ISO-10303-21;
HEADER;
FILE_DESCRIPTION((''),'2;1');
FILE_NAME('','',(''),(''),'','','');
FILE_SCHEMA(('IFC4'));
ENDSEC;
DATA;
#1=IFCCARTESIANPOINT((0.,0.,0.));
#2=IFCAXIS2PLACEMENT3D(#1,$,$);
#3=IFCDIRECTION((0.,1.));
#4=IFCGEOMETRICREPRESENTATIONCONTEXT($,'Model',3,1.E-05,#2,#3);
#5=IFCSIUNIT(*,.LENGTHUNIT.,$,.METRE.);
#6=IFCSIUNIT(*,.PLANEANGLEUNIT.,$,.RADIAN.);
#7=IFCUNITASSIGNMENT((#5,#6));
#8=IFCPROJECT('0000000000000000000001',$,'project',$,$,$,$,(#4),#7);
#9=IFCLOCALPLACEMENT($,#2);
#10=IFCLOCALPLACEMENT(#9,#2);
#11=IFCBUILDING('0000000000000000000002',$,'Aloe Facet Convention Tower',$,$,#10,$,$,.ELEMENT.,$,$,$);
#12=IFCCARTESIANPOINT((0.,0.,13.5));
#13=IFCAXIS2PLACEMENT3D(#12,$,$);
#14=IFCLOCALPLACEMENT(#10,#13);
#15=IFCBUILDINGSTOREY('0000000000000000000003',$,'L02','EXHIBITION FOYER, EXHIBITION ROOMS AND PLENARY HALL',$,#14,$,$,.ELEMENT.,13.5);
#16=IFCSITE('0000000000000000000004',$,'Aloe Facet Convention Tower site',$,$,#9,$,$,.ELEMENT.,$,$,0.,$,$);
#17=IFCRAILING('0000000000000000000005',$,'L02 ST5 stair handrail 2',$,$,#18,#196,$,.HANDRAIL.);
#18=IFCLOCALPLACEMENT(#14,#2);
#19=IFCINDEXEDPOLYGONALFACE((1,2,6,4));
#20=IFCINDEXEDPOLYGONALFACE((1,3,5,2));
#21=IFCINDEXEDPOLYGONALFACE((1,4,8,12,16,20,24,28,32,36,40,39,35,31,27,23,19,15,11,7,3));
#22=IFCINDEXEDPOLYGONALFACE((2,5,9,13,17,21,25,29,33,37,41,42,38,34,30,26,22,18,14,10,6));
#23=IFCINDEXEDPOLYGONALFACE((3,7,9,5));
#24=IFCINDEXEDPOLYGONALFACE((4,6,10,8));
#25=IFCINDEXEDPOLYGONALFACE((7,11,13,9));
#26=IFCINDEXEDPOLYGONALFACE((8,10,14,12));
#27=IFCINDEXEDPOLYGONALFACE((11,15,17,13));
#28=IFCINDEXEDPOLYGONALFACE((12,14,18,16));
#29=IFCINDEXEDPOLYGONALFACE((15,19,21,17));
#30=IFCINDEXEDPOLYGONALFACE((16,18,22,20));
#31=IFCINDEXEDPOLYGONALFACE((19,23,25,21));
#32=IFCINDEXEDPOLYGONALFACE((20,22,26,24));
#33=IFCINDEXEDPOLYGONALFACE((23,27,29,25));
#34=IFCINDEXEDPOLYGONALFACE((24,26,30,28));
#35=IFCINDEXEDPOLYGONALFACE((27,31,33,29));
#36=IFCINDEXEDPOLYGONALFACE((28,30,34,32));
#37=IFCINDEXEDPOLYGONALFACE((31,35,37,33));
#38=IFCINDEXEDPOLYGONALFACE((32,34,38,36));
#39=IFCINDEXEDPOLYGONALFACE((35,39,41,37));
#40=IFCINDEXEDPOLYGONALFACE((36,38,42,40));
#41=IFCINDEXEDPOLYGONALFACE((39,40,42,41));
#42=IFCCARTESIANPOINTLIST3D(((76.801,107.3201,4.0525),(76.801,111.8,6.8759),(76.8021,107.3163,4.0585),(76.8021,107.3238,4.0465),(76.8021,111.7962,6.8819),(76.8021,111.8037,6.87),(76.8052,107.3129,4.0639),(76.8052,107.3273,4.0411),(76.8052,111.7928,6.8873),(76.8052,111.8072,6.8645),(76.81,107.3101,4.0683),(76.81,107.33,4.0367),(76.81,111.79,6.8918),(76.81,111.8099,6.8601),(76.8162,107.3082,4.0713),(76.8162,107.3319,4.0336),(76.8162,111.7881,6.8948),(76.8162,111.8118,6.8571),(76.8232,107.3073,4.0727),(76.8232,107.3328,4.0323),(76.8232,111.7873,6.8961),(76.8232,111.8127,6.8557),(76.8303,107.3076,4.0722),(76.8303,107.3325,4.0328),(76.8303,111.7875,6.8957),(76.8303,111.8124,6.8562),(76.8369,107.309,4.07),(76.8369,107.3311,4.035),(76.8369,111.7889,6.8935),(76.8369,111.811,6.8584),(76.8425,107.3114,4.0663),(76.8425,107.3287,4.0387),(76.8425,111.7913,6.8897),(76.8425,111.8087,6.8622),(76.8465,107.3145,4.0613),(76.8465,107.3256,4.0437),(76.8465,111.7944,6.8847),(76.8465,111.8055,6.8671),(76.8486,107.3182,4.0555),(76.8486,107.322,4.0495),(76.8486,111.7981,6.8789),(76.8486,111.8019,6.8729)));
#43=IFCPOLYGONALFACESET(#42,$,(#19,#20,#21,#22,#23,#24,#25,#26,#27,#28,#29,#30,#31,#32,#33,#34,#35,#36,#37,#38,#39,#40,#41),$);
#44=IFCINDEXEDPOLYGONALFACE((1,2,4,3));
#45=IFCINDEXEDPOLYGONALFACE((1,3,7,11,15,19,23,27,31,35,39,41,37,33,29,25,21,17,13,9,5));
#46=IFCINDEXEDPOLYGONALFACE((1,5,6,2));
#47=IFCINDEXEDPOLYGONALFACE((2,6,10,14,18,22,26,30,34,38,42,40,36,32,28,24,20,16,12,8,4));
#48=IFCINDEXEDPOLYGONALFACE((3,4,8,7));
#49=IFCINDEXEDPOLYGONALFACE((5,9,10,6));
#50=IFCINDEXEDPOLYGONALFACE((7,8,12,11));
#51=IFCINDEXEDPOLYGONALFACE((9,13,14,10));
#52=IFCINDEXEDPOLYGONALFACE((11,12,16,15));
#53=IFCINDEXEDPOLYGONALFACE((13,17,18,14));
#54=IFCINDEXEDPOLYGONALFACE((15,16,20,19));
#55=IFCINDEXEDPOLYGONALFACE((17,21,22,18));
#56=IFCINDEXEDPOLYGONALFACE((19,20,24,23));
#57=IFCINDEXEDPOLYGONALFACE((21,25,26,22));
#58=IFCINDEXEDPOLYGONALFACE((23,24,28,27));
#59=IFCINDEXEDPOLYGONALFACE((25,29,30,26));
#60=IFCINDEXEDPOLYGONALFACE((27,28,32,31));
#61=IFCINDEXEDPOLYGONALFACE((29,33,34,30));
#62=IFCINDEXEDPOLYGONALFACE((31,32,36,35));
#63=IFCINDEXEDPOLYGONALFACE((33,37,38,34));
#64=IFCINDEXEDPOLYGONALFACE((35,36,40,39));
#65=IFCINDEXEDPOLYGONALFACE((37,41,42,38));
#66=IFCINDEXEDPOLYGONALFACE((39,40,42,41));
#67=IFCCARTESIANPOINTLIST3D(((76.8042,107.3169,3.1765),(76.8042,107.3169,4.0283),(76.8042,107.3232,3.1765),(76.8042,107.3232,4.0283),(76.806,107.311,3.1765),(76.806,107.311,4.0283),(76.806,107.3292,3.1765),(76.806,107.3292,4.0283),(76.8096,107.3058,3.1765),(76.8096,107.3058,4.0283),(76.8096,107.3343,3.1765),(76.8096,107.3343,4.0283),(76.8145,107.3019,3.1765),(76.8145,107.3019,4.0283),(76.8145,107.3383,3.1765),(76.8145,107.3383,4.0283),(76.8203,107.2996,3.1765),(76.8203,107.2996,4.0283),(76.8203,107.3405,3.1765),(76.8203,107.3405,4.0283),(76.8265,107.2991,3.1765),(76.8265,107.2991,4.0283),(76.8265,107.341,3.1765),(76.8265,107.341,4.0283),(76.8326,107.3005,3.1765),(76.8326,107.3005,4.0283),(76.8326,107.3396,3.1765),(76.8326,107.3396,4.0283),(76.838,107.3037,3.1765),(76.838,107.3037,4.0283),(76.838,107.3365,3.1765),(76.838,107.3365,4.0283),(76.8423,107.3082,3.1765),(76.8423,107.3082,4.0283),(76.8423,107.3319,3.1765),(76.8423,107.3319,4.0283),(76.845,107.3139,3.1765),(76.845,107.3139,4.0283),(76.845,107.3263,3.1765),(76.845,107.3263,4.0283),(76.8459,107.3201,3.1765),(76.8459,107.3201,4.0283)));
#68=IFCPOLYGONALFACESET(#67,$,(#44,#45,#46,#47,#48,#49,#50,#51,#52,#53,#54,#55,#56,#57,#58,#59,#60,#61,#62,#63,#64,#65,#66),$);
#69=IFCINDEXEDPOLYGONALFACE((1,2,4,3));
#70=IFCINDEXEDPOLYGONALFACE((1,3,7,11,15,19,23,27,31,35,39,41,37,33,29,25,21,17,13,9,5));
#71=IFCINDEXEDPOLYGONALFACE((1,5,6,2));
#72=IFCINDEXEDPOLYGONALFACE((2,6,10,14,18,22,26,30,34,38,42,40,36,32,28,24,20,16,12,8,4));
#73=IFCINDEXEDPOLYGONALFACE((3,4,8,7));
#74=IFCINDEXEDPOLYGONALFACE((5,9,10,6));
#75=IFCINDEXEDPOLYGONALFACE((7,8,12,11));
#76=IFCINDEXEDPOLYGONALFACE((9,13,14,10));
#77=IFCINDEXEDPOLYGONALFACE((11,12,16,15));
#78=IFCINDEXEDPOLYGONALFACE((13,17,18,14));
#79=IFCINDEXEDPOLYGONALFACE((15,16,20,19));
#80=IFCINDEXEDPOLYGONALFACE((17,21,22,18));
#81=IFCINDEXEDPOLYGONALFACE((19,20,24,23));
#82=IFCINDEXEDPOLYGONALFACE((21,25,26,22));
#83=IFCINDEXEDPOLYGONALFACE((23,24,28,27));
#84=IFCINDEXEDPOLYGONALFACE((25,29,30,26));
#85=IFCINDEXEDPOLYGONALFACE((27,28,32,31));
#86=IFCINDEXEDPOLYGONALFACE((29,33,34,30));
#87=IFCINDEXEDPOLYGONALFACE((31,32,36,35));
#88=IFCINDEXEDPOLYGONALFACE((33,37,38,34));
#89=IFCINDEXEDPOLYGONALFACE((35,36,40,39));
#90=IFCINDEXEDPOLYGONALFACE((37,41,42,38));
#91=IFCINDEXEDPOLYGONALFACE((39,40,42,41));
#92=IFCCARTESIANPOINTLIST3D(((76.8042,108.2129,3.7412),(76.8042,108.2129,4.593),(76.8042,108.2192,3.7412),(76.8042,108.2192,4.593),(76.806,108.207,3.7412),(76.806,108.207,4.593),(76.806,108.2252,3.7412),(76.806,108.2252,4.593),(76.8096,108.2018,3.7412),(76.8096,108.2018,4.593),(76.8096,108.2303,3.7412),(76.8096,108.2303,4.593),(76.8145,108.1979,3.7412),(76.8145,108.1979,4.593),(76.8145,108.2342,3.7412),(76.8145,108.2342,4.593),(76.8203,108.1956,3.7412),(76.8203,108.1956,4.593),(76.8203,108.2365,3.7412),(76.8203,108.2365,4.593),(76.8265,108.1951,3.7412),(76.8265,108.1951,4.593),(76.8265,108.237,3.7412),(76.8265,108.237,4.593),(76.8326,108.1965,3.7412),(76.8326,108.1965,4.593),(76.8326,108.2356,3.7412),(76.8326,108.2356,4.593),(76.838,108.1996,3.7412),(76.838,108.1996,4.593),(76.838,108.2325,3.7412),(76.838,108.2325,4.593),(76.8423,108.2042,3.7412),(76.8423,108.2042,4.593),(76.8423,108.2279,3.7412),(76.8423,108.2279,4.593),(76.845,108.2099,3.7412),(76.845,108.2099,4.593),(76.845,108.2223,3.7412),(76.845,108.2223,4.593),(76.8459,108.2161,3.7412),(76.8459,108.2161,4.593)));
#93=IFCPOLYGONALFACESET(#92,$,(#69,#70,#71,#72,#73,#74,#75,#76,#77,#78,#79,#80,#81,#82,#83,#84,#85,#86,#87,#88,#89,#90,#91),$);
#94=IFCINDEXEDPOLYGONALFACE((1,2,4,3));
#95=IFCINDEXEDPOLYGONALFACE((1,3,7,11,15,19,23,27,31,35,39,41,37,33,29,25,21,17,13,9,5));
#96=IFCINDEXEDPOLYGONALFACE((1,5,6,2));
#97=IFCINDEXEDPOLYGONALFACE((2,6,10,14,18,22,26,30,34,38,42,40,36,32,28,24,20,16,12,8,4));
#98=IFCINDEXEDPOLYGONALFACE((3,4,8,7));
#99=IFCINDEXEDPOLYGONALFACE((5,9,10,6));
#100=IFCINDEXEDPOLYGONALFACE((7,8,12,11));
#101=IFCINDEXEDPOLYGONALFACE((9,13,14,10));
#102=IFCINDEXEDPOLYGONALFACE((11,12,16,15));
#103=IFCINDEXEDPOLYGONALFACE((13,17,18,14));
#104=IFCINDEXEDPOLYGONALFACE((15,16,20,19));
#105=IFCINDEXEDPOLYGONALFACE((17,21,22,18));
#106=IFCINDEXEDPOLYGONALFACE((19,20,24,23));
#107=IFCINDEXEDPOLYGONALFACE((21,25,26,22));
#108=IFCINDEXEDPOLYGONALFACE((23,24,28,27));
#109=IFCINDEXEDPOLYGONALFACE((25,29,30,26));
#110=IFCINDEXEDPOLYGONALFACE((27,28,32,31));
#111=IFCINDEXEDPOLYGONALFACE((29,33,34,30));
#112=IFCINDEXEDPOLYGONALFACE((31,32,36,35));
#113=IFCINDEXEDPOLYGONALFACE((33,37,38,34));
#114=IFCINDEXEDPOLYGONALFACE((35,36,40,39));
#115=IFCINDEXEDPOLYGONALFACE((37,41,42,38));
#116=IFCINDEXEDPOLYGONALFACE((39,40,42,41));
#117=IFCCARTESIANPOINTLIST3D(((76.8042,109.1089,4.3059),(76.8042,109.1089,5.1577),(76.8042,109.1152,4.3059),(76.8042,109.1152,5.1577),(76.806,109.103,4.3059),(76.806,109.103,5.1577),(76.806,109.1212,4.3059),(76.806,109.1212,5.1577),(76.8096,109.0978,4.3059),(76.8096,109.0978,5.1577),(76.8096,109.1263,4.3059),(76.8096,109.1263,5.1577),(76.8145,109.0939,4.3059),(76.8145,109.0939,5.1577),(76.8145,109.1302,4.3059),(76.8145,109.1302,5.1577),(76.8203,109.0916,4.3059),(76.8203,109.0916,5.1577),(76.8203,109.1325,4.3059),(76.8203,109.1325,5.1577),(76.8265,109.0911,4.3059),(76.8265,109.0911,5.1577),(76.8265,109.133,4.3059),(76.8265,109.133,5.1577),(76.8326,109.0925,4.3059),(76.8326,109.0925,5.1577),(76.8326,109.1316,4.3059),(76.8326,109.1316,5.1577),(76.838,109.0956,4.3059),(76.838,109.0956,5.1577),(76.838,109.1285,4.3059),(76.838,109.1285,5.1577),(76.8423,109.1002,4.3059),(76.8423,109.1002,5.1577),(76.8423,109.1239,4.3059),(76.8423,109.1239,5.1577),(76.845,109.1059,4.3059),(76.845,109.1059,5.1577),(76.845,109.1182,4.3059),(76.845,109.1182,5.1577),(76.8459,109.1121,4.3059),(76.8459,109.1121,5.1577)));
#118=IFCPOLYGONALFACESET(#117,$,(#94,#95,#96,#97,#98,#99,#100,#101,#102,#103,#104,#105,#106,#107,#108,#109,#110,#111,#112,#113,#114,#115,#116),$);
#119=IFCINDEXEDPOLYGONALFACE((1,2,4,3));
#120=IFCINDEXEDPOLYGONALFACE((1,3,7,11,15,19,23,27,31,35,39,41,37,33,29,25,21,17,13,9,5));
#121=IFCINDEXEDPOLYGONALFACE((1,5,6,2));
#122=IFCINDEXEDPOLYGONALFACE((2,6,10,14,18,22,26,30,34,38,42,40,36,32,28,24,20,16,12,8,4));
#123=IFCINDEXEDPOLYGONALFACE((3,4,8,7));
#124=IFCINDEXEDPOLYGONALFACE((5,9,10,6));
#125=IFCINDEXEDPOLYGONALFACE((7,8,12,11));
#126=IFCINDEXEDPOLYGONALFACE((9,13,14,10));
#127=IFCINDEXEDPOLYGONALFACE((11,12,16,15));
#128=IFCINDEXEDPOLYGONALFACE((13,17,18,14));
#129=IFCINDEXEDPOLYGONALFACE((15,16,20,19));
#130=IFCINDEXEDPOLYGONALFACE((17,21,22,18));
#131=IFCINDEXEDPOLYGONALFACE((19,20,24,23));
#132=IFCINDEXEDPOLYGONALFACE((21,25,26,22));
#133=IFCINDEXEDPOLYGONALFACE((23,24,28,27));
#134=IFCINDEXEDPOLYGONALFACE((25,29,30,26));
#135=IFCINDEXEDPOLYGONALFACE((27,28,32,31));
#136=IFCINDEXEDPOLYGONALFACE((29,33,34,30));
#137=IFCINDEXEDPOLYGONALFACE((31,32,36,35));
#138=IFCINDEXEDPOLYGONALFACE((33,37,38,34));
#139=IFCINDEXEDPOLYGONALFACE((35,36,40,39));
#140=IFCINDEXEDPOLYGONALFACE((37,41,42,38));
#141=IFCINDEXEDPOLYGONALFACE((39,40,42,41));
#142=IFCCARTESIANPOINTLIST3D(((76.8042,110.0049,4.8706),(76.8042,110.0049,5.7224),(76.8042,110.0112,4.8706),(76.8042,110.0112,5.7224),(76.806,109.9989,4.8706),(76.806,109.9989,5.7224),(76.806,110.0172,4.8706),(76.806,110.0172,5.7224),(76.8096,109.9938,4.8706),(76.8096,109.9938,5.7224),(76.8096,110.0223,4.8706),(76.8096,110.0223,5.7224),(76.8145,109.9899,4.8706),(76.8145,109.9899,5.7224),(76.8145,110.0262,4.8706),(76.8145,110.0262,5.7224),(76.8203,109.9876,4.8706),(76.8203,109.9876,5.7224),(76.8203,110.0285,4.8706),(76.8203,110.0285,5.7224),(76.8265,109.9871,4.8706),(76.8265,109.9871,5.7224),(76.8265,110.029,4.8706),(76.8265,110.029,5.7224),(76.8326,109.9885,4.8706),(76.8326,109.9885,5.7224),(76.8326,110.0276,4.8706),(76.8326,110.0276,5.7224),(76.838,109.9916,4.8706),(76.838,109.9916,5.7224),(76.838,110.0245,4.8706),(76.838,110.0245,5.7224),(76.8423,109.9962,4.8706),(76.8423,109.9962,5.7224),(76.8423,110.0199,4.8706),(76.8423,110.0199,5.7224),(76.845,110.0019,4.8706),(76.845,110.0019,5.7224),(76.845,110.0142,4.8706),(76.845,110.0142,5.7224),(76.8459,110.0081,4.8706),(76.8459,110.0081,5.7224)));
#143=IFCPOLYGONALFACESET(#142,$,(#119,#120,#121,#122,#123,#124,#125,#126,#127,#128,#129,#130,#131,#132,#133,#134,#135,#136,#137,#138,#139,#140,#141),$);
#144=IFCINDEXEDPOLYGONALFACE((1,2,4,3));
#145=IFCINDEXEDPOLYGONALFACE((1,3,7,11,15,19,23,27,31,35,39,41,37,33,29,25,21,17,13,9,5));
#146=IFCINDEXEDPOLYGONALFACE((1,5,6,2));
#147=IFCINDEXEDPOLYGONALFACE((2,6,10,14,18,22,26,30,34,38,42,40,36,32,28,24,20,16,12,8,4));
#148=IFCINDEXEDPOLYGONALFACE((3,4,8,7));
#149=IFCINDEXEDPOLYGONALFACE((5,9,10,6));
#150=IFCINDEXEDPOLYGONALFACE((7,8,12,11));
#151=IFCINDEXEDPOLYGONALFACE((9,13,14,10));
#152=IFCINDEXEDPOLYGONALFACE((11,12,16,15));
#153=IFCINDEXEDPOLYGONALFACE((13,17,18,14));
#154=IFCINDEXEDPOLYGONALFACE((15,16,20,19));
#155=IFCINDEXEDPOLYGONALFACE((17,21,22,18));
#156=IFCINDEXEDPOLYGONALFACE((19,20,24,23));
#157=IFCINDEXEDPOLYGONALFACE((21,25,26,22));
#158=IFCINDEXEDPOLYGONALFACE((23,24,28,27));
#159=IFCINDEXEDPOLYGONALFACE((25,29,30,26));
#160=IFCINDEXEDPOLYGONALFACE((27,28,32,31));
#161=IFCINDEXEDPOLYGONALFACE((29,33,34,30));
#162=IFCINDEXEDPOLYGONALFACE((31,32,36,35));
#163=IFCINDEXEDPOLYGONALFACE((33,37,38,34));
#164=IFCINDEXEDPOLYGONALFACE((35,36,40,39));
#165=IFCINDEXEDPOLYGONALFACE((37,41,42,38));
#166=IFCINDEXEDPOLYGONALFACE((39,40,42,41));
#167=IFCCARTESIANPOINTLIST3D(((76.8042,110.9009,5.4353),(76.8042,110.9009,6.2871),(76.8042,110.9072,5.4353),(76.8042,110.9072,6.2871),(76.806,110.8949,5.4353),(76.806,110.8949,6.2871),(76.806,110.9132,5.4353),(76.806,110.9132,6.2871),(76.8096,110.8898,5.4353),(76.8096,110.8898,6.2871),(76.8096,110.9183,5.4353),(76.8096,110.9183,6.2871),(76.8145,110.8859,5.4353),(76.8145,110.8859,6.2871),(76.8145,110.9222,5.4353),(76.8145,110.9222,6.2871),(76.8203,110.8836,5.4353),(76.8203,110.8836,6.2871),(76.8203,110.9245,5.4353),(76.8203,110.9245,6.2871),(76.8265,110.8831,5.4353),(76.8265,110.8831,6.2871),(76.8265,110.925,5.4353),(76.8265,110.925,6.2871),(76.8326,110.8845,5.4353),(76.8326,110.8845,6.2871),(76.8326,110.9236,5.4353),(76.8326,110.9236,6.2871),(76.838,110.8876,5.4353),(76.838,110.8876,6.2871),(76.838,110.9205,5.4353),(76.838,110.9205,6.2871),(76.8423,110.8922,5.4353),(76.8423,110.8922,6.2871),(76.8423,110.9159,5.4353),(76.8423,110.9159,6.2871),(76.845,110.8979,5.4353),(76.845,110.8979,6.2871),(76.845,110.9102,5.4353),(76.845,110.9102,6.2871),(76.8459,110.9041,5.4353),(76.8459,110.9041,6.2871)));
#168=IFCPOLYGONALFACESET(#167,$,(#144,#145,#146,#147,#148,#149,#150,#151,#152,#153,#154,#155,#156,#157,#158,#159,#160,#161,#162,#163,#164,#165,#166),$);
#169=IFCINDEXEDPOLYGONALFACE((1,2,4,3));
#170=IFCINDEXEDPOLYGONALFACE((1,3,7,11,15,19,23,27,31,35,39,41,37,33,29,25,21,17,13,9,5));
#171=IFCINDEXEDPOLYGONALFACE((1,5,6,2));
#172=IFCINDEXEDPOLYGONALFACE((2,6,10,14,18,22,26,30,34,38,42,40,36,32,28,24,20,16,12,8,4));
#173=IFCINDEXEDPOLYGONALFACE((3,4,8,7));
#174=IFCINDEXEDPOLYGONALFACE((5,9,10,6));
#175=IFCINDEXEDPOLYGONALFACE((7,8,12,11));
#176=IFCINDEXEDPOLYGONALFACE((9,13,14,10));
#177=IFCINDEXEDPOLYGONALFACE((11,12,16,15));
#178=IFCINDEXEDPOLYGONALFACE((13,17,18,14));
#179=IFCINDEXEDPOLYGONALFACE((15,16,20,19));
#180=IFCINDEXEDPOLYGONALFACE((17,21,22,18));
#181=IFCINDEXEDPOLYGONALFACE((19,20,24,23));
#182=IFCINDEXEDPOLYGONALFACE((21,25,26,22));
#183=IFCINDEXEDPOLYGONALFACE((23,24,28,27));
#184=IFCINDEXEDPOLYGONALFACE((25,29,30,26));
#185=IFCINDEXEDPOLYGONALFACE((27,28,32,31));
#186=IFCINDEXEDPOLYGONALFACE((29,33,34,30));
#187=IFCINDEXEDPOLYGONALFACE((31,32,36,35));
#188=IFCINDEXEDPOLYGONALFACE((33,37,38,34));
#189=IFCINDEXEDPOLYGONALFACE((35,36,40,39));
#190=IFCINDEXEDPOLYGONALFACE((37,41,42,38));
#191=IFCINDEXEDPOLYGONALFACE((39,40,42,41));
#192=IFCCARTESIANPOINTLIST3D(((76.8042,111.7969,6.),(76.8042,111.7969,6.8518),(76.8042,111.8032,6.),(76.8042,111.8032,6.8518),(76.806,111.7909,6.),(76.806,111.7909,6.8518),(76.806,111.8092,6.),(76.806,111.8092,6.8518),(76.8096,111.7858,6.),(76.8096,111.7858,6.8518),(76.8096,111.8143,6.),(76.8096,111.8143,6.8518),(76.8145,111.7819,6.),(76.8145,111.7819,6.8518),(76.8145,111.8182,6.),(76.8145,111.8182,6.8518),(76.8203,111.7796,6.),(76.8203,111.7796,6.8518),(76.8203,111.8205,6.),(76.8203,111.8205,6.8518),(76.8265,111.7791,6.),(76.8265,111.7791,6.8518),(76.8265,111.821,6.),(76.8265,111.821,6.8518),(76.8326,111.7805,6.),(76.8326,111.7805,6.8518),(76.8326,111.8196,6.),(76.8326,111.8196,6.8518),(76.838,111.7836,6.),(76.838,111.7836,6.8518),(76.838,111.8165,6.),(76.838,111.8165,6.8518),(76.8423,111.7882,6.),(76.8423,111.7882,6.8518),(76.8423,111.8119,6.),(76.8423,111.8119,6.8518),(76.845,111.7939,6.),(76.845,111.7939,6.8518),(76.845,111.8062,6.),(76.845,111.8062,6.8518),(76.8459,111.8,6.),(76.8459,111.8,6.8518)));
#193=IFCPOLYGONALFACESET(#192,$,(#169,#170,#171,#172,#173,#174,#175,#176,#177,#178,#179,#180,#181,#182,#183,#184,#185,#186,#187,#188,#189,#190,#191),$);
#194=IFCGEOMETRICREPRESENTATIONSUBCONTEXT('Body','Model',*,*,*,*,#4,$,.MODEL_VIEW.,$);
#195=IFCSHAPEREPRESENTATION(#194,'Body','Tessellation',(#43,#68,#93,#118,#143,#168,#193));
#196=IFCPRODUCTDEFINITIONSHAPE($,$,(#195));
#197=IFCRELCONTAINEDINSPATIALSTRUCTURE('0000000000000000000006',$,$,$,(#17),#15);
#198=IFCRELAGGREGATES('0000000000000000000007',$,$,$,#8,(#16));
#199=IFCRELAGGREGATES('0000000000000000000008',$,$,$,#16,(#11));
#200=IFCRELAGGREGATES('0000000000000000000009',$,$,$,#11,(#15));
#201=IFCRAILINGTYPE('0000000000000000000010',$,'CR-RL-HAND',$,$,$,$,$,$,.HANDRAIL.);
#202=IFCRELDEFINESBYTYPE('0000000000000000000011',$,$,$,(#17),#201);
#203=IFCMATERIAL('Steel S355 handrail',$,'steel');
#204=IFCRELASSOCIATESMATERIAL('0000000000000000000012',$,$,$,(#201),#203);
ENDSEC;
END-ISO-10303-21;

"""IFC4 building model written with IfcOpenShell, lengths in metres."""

from ifc_helpers import new_model, si_unit, direction, frame, origin, origin_2d, place, context, subcontext, project, spatial, circle, extrude, material, type_object, element, save


model = new_model("IFC4")

# Units and contexts
model_context = context("Model", 3, precision=1e-05, world=origin(), true_north=direction((0.0, 1.0)))
body_context = subcontext(model_context, "Body", "Model", "MODEL_VIEW")
ifc_project = project(units=[si_unit("LENGTHUNIT", "METRE"), si_unit("PLANEANGLEUNIT", "RADIAN")], contexts=[model_context])

# Site, building, storey
site_placement = place(None, origin())
site = spatial("IfcSite", under=ifc_project, at=site_placement, Name="Aloe Facet Convention Tower site", CompositionType="ELEMENT", RefElevation=0.0)
building_placement = place(site_placement, origin())
building = spatial("IfcBuilding", under=site, at=building_placement, Name="Aloe Facet Convention Tower", CompositionType="ELEMENT")
storey_placement = place(building_placement, frame((0.0, 0.0, 13.5)))
storey = spatial("IfcBuildingStorey", under=building, at=storey_placement, Name="L02", Description="EXHIBITION FOYER, EXHIBITION ROOMS AND PLENARY HALL", CompositionType="ELEMENT", Elevation=13.5)

# Railing
ifc_material_1 = material(Name="Steel S355 handrail", Category="steel")
railing_type = type_object("IfcRailingType", Name="CR-RL-HAND", PredefinedType="HANDRAIL", material=ifc_material_1)
railing_placement = place(storey_placement, frame((76.825, 107.3201, 3.1765)))
element("IfcRailing", 1, at=railing_placement, inside=storey, type_object=railing_type, Name="L02 ST5 stair handrail 2", PredefinedType="HANDRAIL", context=body_context, shape_type="SweptSolid", body=[
    extrude(circle(Radius=0.0239, at=origin_2d()), frame((0.0, 0.0, 0.876), z_axis=(0.0, 0.845998, 0.533186), x_axis=(-1.0, 0.0, 0.0)), (0.0, 0.0, 1.0), 5.2954),
    extrude(circle(Radius=0.021, at=origin_2d()), origin(), (0.0, 0.0, 1.0), 0.8518),
    extrude(circle(Radius=0.021, at=origin_2d()), frame((0.0, 0.896, 0.5647)), (0.0, 0.0, 1.0), 0.8518),
    extrude(circle(Radius=0.021, at=origin_2d()), frame((0.0, 1.792, 1.1294)), (0.0, 0.0, 1.0), 0.8518),
    extrude(circle(Radius=0.021, at=origin_2d()), frame((0.0, 2.688, 1.6941)), (0.0, 0.0, 1.0), 0.8518),
    extrude(circle(Radius=0.021, at=origin_2d()), frame((0.0, 3.584, 2.2588)), (0.0, 0.0, 1.0), 0.8518),
    extrude(circle(Radius=0.021, at=origin_2d()), frame((0.0, 4.48, 2.8235)), (0.0, 0.0, 1.0), 0.8518),
])

save(model, "model.ifc")
